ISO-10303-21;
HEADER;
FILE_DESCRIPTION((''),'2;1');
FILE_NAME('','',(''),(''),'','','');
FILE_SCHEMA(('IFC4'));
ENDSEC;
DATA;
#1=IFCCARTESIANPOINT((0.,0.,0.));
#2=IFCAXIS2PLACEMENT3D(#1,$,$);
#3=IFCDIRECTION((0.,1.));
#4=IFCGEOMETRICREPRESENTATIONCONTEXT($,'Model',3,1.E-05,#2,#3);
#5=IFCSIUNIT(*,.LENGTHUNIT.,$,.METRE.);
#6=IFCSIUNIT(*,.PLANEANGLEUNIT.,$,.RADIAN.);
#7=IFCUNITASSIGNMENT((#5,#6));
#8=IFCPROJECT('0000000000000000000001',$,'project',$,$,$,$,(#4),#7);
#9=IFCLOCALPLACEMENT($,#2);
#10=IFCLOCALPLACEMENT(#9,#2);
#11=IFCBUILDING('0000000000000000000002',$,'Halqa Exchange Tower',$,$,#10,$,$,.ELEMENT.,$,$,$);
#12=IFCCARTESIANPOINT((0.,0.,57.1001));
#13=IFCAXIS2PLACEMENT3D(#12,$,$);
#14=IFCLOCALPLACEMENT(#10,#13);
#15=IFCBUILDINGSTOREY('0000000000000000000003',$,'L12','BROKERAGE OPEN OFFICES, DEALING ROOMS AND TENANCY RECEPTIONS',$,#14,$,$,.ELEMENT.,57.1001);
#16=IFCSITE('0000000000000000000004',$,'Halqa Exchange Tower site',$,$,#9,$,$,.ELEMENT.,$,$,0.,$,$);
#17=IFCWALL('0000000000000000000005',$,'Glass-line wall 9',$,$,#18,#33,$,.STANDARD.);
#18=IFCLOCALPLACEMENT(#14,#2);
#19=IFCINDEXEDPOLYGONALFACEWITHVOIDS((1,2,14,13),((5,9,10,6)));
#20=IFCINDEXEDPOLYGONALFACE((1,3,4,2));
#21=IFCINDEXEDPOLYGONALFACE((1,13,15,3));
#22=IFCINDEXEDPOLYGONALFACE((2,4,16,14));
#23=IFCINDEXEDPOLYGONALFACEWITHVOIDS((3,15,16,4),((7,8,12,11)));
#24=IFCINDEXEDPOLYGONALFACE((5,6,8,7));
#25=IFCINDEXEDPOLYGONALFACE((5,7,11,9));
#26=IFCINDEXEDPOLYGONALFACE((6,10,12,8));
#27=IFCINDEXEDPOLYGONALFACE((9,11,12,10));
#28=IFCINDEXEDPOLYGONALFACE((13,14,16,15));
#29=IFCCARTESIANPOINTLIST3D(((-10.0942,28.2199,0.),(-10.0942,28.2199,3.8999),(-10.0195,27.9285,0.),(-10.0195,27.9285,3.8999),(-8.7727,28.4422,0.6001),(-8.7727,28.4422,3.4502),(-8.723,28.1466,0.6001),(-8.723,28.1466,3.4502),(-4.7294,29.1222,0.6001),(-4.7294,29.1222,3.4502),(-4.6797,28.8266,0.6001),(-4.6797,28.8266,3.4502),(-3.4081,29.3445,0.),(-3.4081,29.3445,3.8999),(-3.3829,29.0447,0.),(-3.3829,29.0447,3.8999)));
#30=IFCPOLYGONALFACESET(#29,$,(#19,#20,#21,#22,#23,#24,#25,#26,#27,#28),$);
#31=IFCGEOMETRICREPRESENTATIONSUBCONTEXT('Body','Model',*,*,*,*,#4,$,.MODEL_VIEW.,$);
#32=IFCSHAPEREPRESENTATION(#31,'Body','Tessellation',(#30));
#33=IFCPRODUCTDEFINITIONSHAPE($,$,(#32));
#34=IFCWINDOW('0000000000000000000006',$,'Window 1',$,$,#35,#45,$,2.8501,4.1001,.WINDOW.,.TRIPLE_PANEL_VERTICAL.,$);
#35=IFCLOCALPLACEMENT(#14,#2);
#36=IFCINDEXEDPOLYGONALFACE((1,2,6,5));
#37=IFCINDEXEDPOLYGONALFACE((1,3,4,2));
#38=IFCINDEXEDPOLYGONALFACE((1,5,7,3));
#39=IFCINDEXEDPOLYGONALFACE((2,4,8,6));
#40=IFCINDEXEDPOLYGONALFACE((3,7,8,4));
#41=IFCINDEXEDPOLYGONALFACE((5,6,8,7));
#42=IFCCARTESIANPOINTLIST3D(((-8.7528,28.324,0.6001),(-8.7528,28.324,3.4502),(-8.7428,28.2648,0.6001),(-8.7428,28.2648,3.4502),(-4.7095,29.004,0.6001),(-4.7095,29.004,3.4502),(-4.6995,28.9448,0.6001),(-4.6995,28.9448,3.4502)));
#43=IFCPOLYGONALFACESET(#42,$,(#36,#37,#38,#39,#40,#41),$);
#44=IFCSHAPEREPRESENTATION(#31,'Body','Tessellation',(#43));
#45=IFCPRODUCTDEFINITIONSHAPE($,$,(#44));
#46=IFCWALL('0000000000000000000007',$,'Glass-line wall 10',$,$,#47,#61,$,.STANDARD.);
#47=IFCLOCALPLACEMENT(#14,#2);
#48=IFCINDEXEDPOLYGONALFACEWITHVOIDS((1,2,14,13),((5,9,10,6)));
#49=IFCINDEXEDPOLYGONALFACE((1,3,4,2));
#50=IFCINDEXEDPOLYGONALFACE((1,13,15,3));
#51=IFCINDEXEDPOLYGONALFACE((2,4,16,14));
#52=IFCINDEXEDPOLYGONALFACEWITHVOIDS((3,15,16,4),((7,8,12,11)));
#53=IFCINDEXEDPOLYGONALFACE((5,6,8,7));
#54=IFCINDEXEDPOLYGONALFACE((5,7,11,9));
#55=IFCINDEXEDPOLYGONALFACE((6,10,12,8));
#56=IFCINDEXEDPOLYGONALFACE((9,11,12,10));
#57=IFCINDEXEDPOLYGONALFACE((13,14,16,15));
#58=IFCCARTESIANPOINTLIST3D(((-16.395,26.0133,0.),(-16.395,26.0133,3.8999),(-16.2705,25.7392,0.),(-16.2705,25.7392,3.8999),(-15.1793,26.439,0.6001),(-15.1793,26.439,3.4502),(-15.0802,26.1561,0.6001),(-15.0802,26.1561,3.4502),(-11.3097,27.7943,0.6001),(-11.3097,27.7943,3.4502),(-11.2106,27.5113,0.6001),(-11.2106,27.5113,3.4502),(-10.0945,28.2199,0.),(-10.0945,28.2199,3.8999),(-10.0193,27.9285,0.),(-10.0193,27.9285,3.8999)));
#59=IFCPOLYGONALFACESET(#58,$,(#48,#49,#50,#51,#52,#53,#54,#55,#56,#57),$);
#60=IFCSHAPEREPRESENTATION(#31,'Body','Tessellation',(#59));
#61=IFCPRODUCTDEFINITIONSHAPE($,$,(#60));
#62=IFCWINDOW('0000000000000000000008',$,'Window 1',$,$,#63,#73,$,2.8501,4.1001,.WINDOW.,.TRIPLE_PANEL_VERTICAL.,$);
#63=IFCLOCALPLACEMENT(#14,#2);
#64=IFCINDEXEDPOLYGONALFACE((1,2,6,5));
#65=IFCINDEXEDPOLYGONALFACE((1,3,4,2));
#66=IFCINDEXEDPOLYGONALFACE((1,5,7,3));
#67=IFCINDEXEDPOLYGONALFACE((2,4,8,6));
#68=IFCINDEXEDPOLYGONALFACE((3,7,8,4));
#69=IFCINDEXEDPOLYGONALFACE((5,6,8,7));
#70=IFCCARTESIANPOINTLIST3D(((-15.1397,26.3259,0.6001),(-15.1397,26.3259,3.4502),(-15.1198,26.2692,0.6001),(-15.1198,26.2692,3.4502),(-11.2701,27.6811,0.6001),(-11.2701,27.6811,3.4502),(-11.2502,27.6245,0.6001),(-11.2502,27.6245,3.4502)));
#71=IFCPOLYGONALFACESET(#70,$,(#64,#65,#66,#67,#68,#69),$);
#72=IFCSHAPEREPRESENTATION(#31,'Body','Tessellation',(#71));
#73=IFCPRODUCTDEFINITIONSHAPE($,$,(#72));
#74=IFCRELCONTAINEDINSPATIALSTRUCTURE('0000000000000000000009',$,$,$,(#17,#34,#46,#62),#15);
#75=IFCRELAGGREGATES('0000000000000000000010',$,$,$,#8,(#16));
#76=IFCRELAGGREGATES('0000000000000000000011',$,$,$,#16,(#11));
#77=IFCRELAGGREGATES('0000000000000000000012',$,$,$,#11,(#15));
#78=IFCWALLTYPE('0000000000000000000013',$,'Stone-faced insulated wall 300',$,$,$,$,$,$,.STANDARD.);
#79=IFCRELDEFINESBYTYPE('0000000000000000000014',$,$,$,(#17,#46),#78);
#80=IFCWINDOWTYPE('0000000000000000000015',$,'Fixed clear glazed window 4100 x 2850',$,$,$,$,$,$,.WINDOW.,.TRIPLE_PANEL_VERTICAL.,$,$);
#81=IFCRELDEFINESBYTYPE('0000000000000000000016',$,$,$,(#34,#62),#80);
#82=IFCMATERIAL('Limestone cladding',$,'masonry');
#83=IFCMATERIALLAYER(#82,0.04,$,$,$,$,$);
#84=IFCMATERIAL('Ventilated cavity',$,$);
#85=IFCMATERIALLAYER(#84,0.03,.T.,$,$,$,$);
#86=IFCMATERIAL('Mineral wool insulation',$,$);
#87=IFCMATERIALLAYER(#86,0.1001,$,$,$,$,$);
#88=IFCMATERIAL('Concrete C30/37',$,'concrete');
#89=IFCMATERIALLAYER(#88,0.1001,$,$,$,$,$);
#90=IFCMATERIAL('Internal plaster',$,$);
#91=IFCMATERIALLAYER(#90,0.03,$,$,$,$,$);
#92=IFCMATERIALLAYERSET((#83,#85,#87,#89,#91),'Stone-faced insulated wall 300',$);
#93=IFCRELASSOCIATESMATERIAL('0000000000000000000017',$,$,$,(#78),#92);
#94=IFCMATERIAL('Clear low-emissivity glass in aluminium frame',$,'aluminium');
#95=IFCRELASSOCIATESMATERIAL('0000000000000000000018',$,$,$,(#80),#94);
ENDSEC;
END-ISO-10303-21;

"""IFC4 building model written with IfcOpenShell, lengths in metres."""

from ifc_helpers import new_model, si_unit, direction, frame, frame_2d, origin, place, context, subcontext, project, spatial, polyline, rectangle, outline, extrude, material, layer, layer_set, type_object, element, fill, save


model = new_model("IFC4")

# Units and contexts
model_context = context("Model", 3, precision=1e-05, world=origin(), true_north=direction((0.0, 1.0)))
body_context = subcontext(model_context, "Body", "Model", "MODEL_VIEW")
ifc_project = project(units=[si_unit("LENGTHUNIT", "METRE"), si_unit("PLANEANGLEUNIT", "RADIAN")], contexts=[model_context])

# Site, building, storey
site_placement = place(None, origin())
site = spatial("IfcSite", under=ifc_project, at=site_placement, Name="Halqa Exchange Tower site", CompositionType="ELEMENT", RefElevation=0.0)
building_placement = place(site_placement, origin())
building = spatial("IfcBuilding", under=site, at=building_placement, Name="Halqa Exchange Tower", CompositionType="ELEMENT")
storey_placement = place(building_placement, frame((0.0, 0.0, 57.1001)))
storey = spatial("IfcBuildingStorey", under=building, at=storey_placement, Name="L12", Description="BROKERAGE OPEN OFFICES, DEALING ROOMS AND TENANCY RECEPTIONS", CompositionType="ELEMENT", Elevation=57.1001)

# Shared definitions
ifc_material_1 = material(Name="Concrete C30/37", Category="concrete")

# Walls, openings, windows
ifc_material_2 = material(Name="Limestone cladding", Category="masonry")
ifc_layer_1 = layer(ifc_material_2, 0.04)
ifc_material_3 = material(Name="Ventilated cavity")
ifc_layer_2 = layer(ifc_material_3, 0.03, ventilated=True)
ifc_material_4 = material(Name="Mineral wool insulation")
ifc_layer_3 = layer(ifc_material_4, 0.1001)
ifc_layer_4 = layer(ifc_material_1, 0.1001)
ifc_material_5 = material(Name="Internal plaster")
ifc_layer_5 = layer(ifc_material_5, 0.03)
ifc_layer_set_1 = layer_set([ifc_layer_1, ifc_layer_2, ifc_layer_3, ifc_layer_4, ifc_layer_5], Name="Stone-faced insulated wall 300")
wall_type_1 = type_object("IfcWallType", Name="Stone-faced insulated wall 300", PredefinedType="STANDARD", material=ifc_layer_set_1)
wall_1_placement = place(storey_placement, frame((-3.3955, 29.1946, 0.0), z_axis=(0.0, 0.0, 1.0), x_axis=(-0.98615, -0.165858, 0.0)))
wall_1 = element("IfcWall", 1, at=wall_1_placement, inside=storey, type_object=wall_type_1, Name="Glass-line wall 9", PredefinedType="STANDARD", context=body_context, shape_type="SweptSolid", body=[
    extrude(outline(polyline([(-0.0125, -0.1499), (6.7676, -0.1499), (6.7422, 0.1499), (0.0125, 0.1499), (-0.0125, -0.1499)])), origin(), (0.0, 0.0, 1.0), 3.8999),
])
opening_1_placement = place(wall_1_placement, frame((1.3274, 0.0, 0.6001)))
opening_1 = element("IfcOpeningElement", 2, at=opening_1_placement, cuts=wall_1, PredefinedType="OPENING", context=body_context, shape_type="SweptSolid", body=[
    extrude(rectangle(XDim=4.1001, YDim=2.8501, at=frame_2d((2.05, 1.425))), frame((0.0, 0.1621, 0.0), z_axis=(0.0, -1.0, 0.0), x_axis=(1.0, 0.0, 0.0)), (0.0, 0.0, 1.0), 0.324),
])
ifc_material_6 = material(Name="Clear low-emissivity glass in aluminium frame", Category="aluminium")
window_type = type_object("IfcWindowType", Name="Fixed clear glazed window 4100 x 2850", PartitioningType="TRIPLE_PANEL_VERTICAL", PredefinedType="WINDOW", material=ifc_material_6)
window_1_placement = place(opening_1_placement, origin())
window_1 = element("IfcWindow", 3, at=window_1_placement, inside=storey, type_object=window_type, Name="Window 1", OverallHeight=2.8501, OverallWidth=4.1001, PartitioningType="TRIPLE_PANEL_VERTICAL", PredefinedType="WINDOW", context=body_context, shape_type="SweptSolid", body=[
    extrude(rectangle(XDim=4.1001, YDim=2.8501, at=frame_2d((2.05, 1.425))), frame((0.0, 0.03, 0.0), z_axis=(0.0, -1.0, 0.0), x_axis=(1.0, 0.0, 0.0)), (0.0, 0.0, 1.0), 0.0601),
])
fill(opening_1, window_1)
wall_2_placement = place(storey_placement, frame((-10.0569, 28.0742, 0.0), z_axis=(0.0, 0.0, 1.0), x_axis=(-0.943791, -0.330543, 0.0)))
wall_2 = element("IfcWall", 4, at=wall_2_placement, inside=storey, type_object=wall_type_1, Name="Glass-line wall 10", PredefinedType="STANDARD", context=body_context, shape_type="SweptSolid", body=[
    extrude(outline(polyline([(-0.0127, -0.1499), (6.6631, -0.1499), (6.6362, 0.1499), (0.0127, 0.1499), (-0.0127, -0.1499)])), origin(), (0.0, 0.0, 1.0), 3.8999),
])
opening_2_placement = place(wall_2_placement, frame((1.2749, 0.0, 0.6001)))
opening_2 = element("IfcOpeningElement", 5, at=opening_2_placement, cuts=wall_2, PredefinedType="OPENING", context=body_context, shape_type="SweptSolid", body=[
    extrude(rectangle(XDim=4.1001, YDim=2.8501, at=frame_2d((2.05, 1.425))), frame((0.0, 0.1621, 0.0), z_axis=(0.0, -1.0, 0.0), x_axis=(1.0, 0.0, 0.0)), (0.0, 0.0, 1.0), 0.324),
])
window_2_placement = place(opening_2_placement, origin())
window_2 = element("IfcWindow", 6, at=window_2_placement, inside=storey, type_object=window_type, Name="Window 1", OverallHeight=2.8501, OverallWidth=4.1001, PartitioningType="TRIPLE_PANEL_VERTICAL", PredefinedType="WINDOW", context=body_context, shape_type="SweptSolid", body=[
    extrude(rectangle(XDim=4.1001, YDim=2.8501, at=frame_2d((2.05, 1.425))), frame((0.0, 0.03, 0.0), z_axis=(0.0, -1.0, 0.0), x_axis=(1.0, 0.0, 0.0)), (0.0, 0.0, 1.0), 0.0601),
])
fill(opening_2, window_2)

save(model, "model.ifc")
